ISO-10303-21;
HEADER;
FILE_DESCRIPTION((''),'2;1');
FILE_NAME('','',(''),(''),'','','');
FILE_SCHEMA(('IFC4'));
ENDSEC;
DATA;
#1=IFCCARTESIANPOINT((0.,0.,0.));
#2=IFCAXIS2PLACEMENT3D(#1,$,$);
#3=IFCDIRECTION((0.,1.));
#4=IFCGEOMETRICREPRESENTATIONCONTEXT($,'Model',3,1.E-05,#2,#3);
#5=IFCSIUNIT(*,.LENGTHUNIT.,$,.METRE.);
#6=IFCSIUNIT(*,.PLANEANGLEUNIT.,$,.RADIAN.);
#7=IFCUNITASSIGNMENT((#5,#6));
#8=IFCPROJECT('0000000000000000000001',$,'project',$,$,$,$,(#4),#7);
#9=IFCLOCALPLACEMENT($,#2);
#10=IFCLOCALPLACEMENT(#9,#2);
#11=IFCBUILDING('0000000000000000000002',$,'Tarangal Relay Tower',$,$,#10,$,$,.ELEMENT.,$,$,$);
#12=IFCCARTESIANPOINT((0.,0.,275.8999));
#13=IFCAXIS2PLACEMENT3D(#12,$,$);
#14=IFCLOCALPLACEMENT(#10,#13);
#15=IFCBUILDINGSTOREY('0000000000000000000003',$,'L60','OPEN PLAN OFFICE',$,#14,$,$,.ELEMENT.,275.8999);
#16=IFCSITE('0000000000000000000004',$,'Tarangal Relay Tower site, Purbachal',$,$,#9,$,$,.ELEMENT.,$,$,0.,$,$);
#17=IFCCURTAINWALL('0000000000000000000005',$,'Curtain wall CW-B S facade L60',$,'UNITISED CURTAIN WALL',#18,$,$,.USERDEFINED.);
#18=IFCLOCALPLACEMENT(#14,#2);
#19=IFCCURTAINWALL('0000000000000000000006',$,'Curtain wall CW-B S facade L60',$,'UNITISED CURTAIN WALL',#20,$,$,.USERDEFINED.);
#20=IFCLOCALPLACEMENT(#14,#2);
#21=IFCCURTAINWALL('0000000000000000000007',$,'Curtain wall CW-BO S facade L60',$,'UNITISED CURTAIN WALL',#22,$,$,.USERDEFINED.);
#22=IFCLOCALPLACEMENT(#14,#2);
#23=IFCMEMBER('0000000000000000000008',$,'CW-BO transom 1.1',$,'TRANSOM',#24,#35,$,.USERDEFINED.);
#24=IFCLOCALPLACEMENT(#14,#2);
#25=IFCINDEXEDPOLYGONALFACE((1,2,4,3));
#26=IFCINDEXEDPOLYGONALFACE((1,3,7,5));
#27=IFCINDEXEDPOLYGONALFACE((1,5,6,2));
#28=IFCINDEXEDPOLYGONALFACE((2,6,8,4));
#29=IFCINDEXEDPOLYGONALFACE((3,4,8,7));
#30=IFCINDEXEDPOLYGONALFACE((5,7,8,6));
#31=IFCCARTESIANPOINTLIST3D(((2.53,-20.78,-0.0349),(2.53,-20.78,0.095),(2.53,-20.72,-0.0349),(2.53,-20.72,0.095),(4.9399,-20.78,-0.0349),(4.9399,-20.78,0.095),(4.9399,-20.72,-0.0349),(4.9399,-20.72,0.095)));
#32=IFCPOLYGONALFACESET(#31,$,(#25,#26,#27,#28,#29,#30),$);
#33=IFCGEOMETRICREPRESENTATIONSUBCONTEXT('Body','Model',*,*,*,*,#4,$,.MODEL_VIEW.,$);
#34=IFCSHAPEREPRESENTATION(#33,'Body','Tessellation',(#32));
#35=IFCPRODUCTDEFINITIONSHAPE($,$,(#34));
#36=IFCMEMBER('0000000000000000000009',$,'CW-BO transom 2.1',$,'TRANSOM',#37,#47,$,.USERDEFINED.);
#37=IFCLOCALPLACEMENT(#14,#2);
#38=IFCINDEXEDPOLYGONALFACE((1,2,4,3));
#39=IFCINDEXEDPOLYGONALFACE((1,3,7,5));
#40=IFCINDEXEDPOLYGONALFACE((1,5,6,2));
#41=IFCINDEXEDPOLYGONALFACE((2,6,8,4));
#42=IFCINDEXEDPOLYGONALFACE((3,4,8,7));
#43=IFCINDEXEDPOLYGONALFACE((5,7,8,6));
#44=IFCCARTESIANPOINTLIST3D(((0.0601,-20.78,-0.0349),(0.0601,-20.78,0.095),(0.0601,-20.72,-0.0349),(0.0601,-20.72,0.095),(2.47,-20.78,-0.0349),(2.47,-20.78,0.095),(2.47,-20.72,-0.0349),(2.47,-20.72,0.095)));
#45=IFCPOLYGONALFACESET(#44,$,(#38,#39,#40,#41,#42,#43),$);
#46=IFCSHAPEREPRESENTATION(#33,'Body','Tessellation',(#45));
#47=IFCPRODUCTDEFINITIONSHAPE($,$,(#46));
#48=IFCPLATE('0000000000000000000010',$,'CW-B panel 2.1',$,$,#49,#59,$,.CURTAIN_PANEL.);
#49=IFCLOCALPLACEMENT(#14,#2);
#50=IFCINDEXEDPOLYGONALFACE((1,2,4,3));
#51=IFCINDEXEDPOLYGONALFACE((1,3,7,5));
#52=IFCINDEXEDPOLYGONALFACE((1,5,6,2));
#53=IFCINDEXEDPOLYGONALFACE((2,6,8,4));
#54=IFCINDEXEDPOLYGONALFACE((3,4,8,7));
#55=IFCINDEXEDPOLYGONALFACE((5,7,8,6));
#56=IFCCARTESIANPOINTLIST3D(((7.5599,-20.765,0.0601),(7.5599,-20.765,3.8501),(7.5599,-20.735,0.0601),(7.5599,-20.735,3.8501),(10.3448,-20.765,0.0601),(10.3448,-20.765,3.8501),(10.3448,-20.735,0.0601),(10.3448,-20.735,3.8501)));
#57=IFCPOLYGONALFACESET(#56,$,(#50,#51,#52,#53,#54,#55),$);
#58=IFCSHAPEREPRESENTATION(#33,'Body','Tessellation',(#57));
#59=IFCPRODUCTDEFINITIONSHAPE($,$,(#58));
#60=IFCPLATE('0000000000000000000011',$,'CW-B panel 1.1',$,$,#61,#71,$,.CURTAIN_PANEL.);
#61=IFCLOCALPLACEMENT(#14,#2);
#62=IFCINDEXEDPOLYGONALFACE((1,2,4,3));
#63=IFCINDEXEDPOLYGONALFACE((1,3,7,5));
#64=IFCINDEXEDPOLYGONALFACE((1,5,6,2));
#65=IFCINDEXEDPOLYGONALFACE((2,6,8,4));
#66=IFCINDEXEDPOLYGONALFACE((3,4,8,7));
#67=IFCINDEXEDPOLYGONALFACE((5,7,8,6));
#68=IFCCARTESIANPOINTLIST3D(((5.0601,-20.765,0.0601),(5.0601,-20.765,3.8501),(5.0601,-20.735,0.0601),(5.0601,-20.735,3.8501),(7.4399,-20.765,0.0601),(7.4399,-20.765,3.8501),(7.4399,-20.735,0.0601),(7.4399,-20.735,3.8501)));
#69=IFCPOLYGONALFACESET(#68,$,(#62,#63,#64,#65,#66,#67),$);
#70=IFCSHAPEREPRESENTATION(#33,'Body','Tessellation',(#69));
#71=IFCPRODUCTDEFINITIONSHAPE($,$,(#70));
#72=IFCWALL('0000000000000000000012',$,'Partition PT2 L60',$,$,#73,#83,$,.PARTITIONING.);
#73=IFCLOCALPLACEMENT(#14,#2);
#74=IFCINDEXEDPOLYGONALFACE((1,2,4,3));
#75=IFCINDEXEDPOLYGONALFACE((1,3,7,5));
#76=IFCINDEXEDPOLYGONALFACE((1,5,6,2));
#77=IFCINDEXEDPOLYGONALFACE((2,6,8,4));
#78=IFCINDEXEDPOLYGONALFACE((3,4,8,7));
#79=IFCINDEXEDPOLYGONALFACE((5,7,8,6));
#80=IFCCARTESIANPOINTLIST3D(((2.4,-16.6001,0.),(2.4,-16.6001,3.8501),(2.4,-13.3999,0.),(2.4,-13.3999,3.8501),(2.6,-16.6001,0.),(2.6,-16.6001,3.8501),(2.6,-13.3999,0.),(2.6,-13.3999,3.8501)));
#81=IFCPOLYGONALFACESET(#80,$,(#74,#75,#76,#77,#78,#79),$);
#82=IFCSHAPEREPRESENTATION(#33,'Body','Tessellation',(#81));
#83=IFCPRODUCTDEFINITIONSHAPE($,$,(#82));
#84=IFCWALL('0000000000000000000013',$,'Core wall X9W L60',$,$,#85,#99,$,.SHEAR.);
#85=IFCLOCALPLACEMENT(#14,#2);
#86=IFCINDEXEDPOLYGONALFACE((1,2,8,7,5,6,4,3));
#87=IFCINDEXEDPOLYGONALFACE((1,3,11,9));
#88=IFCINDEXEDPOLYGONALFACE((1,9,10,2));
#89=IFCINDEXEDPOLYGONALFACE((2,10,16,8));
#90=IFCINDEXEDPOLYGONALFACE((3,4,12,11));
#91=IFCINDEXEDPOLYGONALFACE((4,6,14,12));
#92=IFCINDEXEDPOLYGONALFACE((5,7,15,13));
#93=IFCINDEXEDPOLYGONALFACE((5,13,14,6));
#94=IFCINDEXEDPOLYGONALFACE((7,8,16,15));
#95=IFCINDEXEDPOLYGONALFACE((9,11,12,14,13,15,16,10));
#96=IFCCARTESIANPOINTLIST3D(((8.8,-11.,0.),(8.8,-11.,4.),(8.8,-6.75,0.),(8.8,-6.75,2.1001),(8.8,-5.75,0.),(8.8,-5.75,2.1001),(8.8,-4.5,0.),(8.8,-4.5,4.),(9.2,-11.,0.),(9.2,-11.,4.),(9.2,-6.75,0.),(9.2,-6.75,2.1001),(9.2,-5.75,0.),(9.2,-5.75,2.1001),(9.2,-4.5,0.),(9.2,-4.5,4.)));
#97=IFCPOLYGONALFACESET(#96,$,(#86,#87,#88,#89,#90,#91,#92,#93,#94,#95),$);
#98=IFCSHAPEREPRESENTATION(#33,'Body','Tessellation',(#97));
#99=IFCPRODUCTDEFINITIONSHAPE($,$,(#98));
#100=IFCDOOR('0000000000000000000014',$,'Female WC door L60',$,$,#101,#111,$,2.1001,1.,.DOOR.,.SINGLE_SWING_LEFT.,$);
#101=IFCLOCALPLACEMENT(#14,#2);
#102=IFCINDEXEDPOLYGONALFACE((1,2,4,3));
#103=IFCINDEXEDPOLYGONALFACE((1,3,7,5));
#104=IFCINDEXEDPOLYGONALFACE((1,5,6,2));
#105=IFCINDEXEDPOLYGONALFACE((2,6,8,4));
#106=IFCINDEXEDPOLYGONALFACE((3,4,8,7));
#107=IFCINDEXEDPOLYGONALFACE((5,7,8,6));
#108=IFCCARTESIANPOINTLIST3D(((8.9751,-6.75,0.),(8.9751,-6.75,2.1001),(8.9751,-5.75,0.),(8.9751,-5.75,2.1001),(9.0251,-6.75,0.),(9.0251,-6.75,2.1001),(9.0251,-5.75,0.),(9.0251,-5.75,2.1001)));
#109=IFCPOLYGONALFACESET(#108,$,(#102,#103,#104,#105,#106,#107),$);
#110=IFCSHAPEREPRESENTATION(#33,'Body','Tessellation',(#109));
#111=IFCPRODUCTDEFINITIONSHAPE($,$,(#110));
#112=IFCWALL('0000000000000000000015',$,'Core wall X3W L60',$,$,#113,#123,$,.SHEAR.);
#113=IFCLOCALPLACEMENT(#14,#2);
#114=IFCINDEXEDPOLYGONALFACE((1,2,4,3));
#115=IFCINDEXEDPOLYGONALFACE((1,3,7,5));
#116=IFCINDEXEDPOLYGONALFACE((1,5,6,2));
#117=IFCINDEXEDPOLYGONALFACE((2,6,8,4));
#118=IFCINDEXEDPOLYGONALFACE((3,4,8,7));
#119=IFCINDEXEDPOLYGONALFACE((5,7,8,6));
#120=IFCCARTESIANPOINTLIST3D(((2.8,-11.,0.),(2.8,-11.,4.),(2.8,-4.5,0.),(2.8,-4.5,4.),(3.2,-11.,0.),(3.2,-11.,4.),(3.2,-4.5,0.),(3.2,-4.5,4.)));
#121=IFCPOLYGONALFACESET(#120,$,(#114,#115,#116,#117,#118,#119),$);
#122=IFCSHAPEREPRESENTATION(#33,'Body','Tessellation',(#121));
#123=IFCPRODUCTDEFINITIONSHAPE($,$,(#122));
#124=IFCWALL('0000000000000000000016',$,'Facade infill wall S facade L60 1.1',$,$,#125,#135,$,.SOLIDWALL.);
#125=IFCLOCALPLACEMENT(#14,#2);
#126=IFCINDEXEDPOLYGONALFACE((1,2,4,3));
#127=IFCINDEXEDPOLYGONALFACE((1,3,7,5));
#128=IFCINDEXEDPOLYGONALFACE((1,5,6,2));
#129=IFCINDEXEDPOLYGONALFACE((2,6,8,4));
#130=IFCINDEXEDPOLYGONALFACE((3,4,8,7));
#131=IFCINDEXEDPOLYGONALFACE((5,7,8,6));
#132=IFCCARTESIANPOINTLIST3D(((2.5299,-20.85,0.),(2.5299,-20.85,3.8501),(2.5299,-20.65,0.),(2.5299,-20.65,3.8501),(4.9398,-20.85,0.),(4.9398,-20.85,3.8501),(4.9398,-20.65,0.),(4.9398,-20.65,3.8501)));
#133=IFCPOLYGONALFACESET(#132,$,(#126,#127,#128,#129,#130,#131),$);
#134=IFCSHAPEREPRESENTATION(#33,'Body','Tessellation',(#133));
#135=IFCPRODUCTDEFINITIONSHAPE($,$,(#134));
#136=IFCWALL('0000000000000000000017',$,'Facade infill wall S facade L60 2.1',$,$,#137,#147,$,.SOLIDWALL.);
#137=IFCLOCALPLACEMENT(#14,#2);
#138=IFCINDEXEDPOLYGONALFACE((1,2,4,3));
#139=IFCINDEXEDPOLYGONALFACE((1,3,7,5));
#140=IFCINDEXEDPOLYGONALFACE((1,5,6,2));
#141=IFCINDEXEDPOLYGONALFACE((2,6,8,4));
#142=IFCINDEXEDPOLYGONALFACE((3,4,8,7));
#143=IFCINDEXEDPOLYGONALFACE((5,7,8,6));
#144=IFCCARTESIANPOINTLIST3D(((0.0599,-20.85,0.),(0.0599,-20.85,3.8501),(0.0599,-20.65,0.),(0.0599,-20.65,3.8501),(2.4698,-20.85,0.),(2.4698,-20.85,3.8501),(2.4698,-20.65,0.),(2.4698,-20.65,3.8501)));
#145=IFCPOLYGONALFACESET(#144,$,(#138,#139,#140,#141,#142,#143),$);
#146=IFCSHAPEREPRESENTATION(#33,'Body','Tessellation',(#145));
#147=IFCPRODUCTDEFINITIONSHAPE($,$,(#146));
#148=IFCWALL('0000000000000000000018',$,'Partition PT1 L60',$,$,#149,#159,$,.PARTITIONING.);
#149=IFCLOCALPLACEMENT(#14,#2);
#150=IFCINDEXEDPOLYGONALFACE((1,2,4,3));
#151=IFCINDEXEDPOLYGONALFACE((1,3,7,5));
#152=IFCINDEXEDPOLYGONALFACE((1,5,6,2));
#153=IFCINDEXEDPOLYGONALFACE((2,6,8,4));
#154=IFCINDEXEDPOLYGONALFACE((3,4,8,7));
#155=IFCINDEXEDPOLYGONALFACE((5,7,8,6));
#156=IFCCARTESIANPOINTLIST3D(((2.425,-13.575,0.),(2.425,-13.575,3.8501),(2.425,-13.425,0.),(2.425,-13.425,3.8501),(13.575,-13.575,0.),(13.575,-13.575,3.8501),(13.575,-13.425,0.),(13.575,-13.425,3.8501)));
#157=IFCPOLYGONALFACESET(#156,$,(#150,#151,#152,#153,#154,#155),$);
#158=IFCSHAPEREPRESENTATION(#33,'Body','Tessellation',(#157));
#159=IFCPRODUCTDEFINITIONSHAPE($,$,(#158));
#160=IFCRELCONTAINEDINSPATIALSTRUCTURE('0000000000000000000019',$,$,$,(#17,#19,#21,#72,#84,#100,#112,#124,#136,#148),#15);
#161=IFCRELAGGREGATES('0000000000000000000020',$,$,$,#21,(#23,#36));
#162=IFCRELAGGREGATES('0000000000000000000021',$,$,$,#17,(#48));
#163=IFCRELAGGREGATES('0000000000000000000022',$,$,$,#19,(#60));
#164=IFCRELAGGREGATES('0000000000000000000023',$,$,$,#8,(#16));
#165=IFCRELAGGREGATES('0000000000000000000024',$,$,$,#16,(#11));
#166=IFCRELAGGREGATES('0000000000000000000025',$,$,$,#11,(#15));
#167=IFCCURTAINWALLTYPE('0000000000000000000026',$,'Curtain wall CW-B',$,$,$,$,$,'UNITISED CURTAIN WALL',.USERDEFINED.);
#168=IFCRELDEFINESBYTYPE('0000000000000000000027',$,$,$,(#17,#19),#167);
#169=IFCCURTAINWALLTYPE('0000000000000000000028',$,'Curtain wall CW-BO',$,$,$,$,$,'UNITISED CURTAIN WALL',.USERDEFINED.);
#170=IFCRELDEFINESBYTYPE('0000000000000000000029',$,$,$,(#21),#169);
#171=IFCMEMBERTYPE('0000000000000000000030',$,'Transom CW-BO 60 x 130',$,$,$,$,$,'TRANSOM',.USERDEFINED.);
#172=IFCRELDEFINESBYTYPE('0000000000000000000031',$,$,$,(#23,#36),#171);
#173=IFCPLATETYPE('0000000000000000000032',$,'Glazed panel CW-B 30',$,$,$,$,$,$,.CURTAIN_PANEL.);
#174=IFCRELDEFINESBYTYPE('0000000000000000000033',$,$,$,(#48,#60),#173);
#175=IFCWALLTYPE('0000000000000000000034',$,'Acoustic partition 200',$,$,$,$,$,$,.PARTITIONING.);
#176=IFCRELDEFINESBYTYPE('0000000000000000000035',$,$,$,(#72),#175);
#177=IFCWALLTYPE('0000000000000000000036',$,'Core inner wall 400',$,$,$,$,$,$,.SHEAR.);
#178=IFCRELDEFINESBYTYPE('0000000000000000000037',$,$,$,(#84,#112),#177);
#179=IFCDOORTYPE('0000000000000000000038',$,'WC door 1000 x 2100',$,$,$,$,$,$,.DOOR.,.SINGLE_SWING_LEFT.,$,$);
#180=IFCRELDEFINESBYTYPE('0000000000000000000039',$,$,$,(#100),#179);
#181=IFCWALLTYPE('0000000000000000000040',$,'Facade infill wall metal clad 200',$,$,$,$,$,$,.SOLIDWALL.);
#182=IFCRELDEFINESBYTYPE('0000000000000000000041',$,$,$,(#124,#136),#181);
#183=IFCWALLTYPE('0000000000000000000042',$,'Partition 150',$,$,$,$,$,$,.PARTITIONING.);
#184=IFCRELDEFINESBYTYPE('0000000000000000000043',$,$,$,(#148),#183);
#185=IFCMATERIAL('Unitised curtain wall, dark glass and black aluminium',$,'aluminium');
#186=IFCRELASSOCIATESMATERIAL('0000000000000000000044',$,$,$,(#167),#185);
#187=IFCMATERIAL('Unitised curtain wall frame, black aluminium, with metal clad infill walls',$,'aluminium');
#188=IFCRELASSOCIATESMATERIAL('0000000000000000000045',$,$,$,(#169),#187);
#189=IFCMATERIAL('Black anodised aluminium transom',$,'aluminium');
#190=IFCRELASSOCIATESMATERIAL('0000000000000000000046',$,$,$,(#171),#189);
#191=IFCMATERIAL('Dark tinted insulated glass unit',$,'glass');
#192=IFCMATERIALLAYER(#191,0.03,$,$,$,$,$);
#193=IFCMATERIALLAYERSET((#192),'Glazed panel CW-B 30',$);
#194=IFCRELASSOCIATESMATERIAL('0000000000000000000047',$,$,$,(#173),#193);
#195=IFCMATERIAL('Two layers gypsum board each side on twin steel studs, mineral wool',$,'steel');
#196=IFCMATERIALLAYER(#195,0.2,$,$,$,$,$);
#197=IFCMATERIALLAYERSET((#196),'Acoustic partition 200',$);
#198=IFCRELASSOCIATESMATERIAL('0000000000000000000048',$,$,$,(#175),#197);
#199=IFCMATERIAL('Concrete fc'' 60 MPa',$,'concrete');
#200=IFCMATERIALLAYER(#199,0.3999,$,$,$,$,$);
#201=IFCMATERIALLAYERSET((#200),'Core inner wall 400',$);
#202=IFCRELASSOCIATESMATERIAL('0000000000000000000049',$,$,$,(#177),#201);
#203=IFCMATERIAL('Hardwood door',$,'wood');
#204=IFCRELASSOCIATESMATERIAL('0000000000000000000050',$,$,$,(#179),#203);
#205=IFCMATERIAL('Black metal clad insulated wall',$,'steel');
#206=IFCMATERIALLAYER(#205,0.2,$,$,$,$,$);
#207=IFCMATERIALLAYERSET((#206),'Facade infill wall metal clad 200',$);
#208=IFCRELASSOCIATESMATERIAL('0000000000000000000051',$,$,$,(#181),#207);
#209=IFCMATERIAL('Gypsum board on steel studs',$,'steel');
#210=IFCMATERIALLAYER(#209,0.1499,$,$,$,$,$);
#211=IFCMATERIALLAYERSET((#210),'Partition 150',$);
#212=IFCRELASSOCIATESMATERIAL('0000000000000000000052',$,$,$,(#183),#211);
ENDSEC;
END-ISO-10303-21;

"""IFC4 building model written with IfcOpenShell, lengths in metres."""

from ifc_helpers import new_model, si_unit, direction, frame, frame_2d, origin, origin_2d, place, context, subcontext, project, spatial, rectangle, extrude, material, layer, layer_set, material_profile, profile_set, type_object, element, fill, aggregate, save


model = new_model("IFC4")

# Units and contexts
model_context = context("Model", 3, precision=1e-05, world=origin(), true_north=direction((0.0, 1.0)))
body_context = subcontext(model_context, "Body", "Model", "MODEL_VIEW")
ifc_project = project(units=[si_unit("LENGTHUNIT", "METRE"), si_unit("PLANEANGLEUNIT", "RADIAN")], contexts=[model_context])

# Site, building, storey
site_placement = place(None, origin())
site = spatial("IfcSite", under=ifc_project, at=site_placement, Name="Tarangal Relay Tower site, Purbachal", CompositionType="ELEMENT", RefElevation=0.0)
building_placement = place(site_placement, origin())
building = spatial("IfcBuilding", under=site, at=building_placement, Name="Tarangal Relay Tower", CompositionType="ELEMENT")
storey_placement = place(building_placement, frame((0.0, 0.0, 275.8999)))
storey = spatial("IfcBuildingStorey", under=building, at=storey_placement, Name="L60", Description="OPEN PLAN OFFICE", CompositionType="ELEMENT", Elevation=275.8999)

# Curtain wall
ifc_material_1 = material(Name="Unitised curtain wall, dark glass and black aluminium", Category="aluminium")
curtain_wall_type_1 = type_object("IfcCurtainWallType", Name="Curtain wall CW-B", ElementType="UNITISED CURTAIN WALL", PredefinedType="USERDEFINED", material=ifc_material_1)
curtain_wall_1_placement = place(storey_placement, origin())
curtain_wall_1 = element("IfcCurtainWall", 1, at=curtain_wall_1_placement, inside=storey, type_object=curtain_wall_type_1, Name="Curtain wall CW-B S facade L60", ObjectType="UNITISED CURTAIN WALL", PredefinedType="USERDEFINED")

# Curtain walls
curtain_wall_2_placement = place(storey_placement, origin())
curtain_wall_2 = element("IfcCurtainWall", 2, at=curtain_wall_2_placement, inside=storey, type_object=curtain_wall_type_1, Name="Curtain wall CW-B S facade L60", ObjectType="UNITISED CURTAIN WALL", PredefinedType="USERDEFINED")
ifc_material_2 = material(Name="Unitised curtain wall frame, black aluminium, with metal clad infill walls", Category="aluminium")
curtain_wall_type_2 = type_object("IfcCurtainWallType", Name="Curtain wall CW-BO", ElementType="UNITISED CURTAIN WALL", PredefinedType="USERDEFINED", material=ifc_material_2)
curtain_wall_3_placement = place(storey_placement, origin())
curtain_wall_3 = element("IfcCurtainWall", 3, at=curtain_wall_3_placement, inside=storey, type_object=curtain_wall_type_2, Name="Curtain wall CW-BO S facade L60", ObjectType="UNITISED CURTAIN WALL", PredefinedType="USERDEFINED")

# Members
ifc_material_3 = material(Name="Black anodised aluminium transom", Category="aluminium")
ifc_material_profile_1 = material_profile(ifc_material_3, rectangle(XDim=0.0601, YDim=0.1299, at=origin_2d()), Name="CW-BOT 60X130")
ifc_profile_set_1 = profile_set([ifc_material_profile_1], Name="Black anodised aluminium transom")
member_type_1 = type_object("IfcMemberType", Name="Transom CW-BO 60 x 130", ElementType="TRANSOM", PredefinedType="USERDEFINED", material=ifc_profile_set_1)
member_1_placement = place(storey_placement, frame((4.9399, -20.75, 0.03), z_axis=(-1.0, 0.0, 0.0), x_axis=(0.0, -1.0, 0.0)))
member_1 = element("IfcMember", 4, at=member_1_placement, type_object=member_type_1, Name="CW-BO transom 1.1", ObjectType="TRANSOM", PredefinedType="USERDEFINED", context=body_context, shape_type="SweptSolid", body=[
    extrude(rectangle(XDim=0.0601, YDim=0.1299, at=origin_2d()), origin(), (0.0, 0.0, 1.0), 2.4099),
])
member_2_placement = place(storey_placement, frame((2.47, -20.75, 0.03), z_axis=(-1.0, 0.0, 0.0), x_axis=(0.0, -1.0, 0.0)))
member_2 = element("IfcMember", 5, at=member_2_placement, type_object=member_type_1, Name="CW-BO transom 2.1", ObjectType="TRANSOM", PredefinedType="USERDEFINED", context=body_context, shape_type="SweptSolid", body=[
    extrude(rectangle(XDim=0.0601, YDim=0.1299, at=origin_2d()), origin(), (0.0, 0.0, 1.0), 2.4099),
])
aggregate(curtain_wall_3, [member_1, member_2])

# Plates
ifc_material_4 = material(Name="Dark tinted insulated glass unit", Category="glass")
ifc_layer_1 = layer(ifc_material_4, 0.03)
ifc_layer_set_1 = layer_set([ifc_layer_1], Name="Glazed panel CW-B 30")
plate_type = type_object("IfcPlateType", Name="Glazed panel CW-B 30", PredefinedType="CURTAIN_PANEL", material=ifc_layer_set_1)
plate_1_placement = place(storey_placement, frame((8.9524, -20.75, 0.0601), z_axis=(0.0, 0.0, 1.0), x_axis=(-1.0, 0.0, 0.0)))
plate_1 = element("IfcPlate", 6, at=plate_1_placement, type_object=plate_type, Name="CW-B panel 2.1", PredefinedType="CURTAIN_PANEL", context=body_context, shape_type="SweptSolid", body=[
    extrude(rectangle(XDim=2.7849, YDim=0.03, at=origin_2d()), origin(), (0.0, 0.0, 1.0), 3.79),
])
aggregate(curtain_wall_1, [plate_1])
plate_2_placement = place(storey_placement, frame((6.25, -20.75, 0.0601), z_axis=(0.0, 0.0, 1.0), x_axis=(-1.0, 0.0, 0.0)))
plate_2 = element("IfcPlate", 7, at=plate_2_placement, type_object=plate_type, Name="CW-B panel 1.1", PredefinedType="CURTAIN_PANEL", context=body_context, shape_type="SweptSolid", body=[
    extrude(rectangle(XDim=2.3799, YDim=0.03, at=origin_2d()), origin(), (0.0, 0.0, 1.0), 3.79),
])
aggregate(curtain_wall_2, [plate_2])

# Wall
ifc_material_5 = material(Name="Two layers gypsum board each side on twin steel studs, mineral wool", Category="steel")
ifc_layer_2 = layer(ifc_material_5, 0.2)
ifc_layer_set_2 = layer_set([ifc_layer_2], Name="Acoustic partition 200")
wall_type_1 = type_object("IfcWallType", Name="Acoustic partition 200", PredefinedType="PARTITIONING", material=ifc_layer_set_2)
wall_1_placement = place(storey_placement, frame((2.5, -16.6001, 0.0), z_axis=(0.0, 0.0, 1.0), x_axis=(0.0, 1.0, 0.0)))
element("IfcWall", 8, at=wall_1_placement, inside=storey, type_object=wall_type_1, Name="Partition PT2 L60", PredefinedType="PARTITIONING", context=body_context, shape_type="SweptSolid", body=[
    extrude(rectangle(XDim=3.2002, YDim=0.2, at=frame_2d((1.6001, 0.0))), origin(), (0.0, 0.0, 1.0), 3.8501),
])

# Wall, opening, door
ifc_material_6 = material(Name="Concrete fc' 60 MPa", Category="concrete")
ifc_layer_3 = layer(ifc_material_6, 0.3999)
ifc_layer_set_3 = layer_set([ifc_layer_3], Name="Core inner wall 400")
wall_type_2 = type_object("IfcWallType", Name="Core inner wall 400", PredefinedType="SHEAR", material=ifc_layer_set_3)
wall_2_placement = place(storey_placement, frame((9.0, -11.0, 0.0), z_axis=(0.0, 0.0, 1.0), x_axis=(0.0, 1.0, 0.0)))
wall_2 = element("IfcWall", 9, at=wall_2_placement, inside=storey, type_object=wall_type_2, Name="Core wall X9W L60", PredefinedType="SHEAR", context=body_context, shape_type="SweptSolid", body=[
    extrude(rectangle(XDim=6.5, YDim=0.3999, at=frame_2d((3.25, 0.0))), origin(), (0.0, 0.0, 1.0), 4.0),
])
opening_1_placement = place(wall_2_placement, frame((4.25, 0.0, 0.0)))
opening_1 = element("IfcOpeningElement", 10, at=opening_1_placement, cuts=wall_2, PredefinedType="OPENING", context=body_context, shape_type="SweptSolid", body=[
    extrude(rectangle(XDim=1.0, YDim=2.1001, at=frame_2d((0.5, 1.05))), frame((0.0, 0.21, 0.0), z_axis=(0.0, -1.0, 0.0), x_axis=(1.0, 0.0, 0.0)), (0.0, 0.0, 1.0), 0.4199),
])
ifc_material_7 = material(Name="Hardwood door", Category="wood")
door_type = type_object("IfcDoorType", Name="WC door 1000 x 2100", OperationType="SINGLE_SWING_LEFT", PredefinedType="DOOR", material=ifc_material_7)
door_1_placement = place(opening_1_placement, origin())
door_1 = element("IfcDoor", 11, at=door_1_placement, inside=storey, type_object=door_type, Name="Female WC door L60", OperationType="SINGLE_SWING_LEFT", OverallHeight=2.1001, OverallWidth=1.0, PredefinedType="DOOR", context=body_context, shape_type="SweptSolid", body=[
    extrude(rectangle(XDim=1.0, YDim=2.1001, at=frame_2d((0.5, 1.05))), frame((0.0, 0.0249, 0.0), z_axis=(0.0, -1.0, 0.0), x_axis=(1.0, 0.0, 0.0)), (0.0, 0.0, 1.0), 0.05),
])
fill(opening_1, door_1)

# Walls
wall_3_placement = place(storey_placement, frame((3.0, -11.0, 0.0), z_axis=(0.0, 0.0, 1.0), x_axis=(0.0, 1.0, 0.0)))
element("IfcWall", 12, at=wall_3_placement, inside=storey, type_object=wall_type_2, Name="Core wall X3W L60", PredefinedType="SHEAR", context=body_context, shape_type="SweptSolid", body=[
    extrude(rectangle(XDim=6.5, YDim=0.3999, at=frame_2d((3.25, 0.0))), origin(), (0.0, 0.0, 1.0), 4.0),
])
ifc_material_8 = material(Name="Black metal clad insulated wall", Category="steel")
ifc_layer_4 = layer(ifc_material_8, 0.2)
ifc_layer_set_4 = layer_set([ifc_layer_4], Name="Facade infill wall metal clad 200")
wall_type_3 = type_object("IfcWallType", Name="Facade infill wall metal clad 200", PredefinedType="SOLIDWALL", material=ifc_layer_set_4)
for number, where, z_axis, x_axis, name in (
    (13, (4.9399, -20.75, 0.0), (0.0, 0.0, 1.0), (-1.0, 0.0, 0.0), "Facade infill wall S facade L60 1.1"),
    (14, (2.47, -20.75, 0.0), (0.0, 0.0, 1.0), (-1.0, 0.0, 0.0), "Facade infill wall S facade L60 2.1"),
):
    element("IfcWall", number, at=place(storey_placement, frame(where, z_axis=z_axis, x_axis=x_axis)), inside=storey, type_object=wall_type_3, Name=name, PredefinedType="SOLIDWALL", context=body_context, shape_type="SweptSolid", body=[
        extrude(rectangle(XDim=2.4099, YDim=0.2, at=frame_2d((1.2051, 0.0))), origin(), (0.0, 0.0, 1.0), 3.8501),
    ])
ifc_material_9 = material(Name="Gypsum board on steel studs", Category="steel")
ifc_layer_5 = layer(ifc_material_9, 0.1499)
ifc_layer_set_5 = layer_set([ifc_layer_5], Name="Partition 150")
wall_type_4 = type_object("IfcWallType", Name="Partition 150", PredefinedType="PARTITIONING", material=ifc_layer_set_5)
wall_4_placement = place(storey_placement, frame((2.425, -13.5, 0.0), z_axis=(0.0, 0.0, 1.0), x_axis=(1.0, 0.0, 0.0)))
element("IfcWall", 15, at=wall_4_placement, inside=storey, type_object=wall_type_4, Name="Partition PT1 L60", PredefinedType="PARTITIONING", context=body_context, shape_type="SweptSolid", body=[
    extrude(rectangle(XDim=11.1499, YDim=0.1499, at=frame_2d((5.575, 0.0))), origin(), (0.0, 0.0, 1.0), 3.8501),
])

save(model, "model.ifc")
